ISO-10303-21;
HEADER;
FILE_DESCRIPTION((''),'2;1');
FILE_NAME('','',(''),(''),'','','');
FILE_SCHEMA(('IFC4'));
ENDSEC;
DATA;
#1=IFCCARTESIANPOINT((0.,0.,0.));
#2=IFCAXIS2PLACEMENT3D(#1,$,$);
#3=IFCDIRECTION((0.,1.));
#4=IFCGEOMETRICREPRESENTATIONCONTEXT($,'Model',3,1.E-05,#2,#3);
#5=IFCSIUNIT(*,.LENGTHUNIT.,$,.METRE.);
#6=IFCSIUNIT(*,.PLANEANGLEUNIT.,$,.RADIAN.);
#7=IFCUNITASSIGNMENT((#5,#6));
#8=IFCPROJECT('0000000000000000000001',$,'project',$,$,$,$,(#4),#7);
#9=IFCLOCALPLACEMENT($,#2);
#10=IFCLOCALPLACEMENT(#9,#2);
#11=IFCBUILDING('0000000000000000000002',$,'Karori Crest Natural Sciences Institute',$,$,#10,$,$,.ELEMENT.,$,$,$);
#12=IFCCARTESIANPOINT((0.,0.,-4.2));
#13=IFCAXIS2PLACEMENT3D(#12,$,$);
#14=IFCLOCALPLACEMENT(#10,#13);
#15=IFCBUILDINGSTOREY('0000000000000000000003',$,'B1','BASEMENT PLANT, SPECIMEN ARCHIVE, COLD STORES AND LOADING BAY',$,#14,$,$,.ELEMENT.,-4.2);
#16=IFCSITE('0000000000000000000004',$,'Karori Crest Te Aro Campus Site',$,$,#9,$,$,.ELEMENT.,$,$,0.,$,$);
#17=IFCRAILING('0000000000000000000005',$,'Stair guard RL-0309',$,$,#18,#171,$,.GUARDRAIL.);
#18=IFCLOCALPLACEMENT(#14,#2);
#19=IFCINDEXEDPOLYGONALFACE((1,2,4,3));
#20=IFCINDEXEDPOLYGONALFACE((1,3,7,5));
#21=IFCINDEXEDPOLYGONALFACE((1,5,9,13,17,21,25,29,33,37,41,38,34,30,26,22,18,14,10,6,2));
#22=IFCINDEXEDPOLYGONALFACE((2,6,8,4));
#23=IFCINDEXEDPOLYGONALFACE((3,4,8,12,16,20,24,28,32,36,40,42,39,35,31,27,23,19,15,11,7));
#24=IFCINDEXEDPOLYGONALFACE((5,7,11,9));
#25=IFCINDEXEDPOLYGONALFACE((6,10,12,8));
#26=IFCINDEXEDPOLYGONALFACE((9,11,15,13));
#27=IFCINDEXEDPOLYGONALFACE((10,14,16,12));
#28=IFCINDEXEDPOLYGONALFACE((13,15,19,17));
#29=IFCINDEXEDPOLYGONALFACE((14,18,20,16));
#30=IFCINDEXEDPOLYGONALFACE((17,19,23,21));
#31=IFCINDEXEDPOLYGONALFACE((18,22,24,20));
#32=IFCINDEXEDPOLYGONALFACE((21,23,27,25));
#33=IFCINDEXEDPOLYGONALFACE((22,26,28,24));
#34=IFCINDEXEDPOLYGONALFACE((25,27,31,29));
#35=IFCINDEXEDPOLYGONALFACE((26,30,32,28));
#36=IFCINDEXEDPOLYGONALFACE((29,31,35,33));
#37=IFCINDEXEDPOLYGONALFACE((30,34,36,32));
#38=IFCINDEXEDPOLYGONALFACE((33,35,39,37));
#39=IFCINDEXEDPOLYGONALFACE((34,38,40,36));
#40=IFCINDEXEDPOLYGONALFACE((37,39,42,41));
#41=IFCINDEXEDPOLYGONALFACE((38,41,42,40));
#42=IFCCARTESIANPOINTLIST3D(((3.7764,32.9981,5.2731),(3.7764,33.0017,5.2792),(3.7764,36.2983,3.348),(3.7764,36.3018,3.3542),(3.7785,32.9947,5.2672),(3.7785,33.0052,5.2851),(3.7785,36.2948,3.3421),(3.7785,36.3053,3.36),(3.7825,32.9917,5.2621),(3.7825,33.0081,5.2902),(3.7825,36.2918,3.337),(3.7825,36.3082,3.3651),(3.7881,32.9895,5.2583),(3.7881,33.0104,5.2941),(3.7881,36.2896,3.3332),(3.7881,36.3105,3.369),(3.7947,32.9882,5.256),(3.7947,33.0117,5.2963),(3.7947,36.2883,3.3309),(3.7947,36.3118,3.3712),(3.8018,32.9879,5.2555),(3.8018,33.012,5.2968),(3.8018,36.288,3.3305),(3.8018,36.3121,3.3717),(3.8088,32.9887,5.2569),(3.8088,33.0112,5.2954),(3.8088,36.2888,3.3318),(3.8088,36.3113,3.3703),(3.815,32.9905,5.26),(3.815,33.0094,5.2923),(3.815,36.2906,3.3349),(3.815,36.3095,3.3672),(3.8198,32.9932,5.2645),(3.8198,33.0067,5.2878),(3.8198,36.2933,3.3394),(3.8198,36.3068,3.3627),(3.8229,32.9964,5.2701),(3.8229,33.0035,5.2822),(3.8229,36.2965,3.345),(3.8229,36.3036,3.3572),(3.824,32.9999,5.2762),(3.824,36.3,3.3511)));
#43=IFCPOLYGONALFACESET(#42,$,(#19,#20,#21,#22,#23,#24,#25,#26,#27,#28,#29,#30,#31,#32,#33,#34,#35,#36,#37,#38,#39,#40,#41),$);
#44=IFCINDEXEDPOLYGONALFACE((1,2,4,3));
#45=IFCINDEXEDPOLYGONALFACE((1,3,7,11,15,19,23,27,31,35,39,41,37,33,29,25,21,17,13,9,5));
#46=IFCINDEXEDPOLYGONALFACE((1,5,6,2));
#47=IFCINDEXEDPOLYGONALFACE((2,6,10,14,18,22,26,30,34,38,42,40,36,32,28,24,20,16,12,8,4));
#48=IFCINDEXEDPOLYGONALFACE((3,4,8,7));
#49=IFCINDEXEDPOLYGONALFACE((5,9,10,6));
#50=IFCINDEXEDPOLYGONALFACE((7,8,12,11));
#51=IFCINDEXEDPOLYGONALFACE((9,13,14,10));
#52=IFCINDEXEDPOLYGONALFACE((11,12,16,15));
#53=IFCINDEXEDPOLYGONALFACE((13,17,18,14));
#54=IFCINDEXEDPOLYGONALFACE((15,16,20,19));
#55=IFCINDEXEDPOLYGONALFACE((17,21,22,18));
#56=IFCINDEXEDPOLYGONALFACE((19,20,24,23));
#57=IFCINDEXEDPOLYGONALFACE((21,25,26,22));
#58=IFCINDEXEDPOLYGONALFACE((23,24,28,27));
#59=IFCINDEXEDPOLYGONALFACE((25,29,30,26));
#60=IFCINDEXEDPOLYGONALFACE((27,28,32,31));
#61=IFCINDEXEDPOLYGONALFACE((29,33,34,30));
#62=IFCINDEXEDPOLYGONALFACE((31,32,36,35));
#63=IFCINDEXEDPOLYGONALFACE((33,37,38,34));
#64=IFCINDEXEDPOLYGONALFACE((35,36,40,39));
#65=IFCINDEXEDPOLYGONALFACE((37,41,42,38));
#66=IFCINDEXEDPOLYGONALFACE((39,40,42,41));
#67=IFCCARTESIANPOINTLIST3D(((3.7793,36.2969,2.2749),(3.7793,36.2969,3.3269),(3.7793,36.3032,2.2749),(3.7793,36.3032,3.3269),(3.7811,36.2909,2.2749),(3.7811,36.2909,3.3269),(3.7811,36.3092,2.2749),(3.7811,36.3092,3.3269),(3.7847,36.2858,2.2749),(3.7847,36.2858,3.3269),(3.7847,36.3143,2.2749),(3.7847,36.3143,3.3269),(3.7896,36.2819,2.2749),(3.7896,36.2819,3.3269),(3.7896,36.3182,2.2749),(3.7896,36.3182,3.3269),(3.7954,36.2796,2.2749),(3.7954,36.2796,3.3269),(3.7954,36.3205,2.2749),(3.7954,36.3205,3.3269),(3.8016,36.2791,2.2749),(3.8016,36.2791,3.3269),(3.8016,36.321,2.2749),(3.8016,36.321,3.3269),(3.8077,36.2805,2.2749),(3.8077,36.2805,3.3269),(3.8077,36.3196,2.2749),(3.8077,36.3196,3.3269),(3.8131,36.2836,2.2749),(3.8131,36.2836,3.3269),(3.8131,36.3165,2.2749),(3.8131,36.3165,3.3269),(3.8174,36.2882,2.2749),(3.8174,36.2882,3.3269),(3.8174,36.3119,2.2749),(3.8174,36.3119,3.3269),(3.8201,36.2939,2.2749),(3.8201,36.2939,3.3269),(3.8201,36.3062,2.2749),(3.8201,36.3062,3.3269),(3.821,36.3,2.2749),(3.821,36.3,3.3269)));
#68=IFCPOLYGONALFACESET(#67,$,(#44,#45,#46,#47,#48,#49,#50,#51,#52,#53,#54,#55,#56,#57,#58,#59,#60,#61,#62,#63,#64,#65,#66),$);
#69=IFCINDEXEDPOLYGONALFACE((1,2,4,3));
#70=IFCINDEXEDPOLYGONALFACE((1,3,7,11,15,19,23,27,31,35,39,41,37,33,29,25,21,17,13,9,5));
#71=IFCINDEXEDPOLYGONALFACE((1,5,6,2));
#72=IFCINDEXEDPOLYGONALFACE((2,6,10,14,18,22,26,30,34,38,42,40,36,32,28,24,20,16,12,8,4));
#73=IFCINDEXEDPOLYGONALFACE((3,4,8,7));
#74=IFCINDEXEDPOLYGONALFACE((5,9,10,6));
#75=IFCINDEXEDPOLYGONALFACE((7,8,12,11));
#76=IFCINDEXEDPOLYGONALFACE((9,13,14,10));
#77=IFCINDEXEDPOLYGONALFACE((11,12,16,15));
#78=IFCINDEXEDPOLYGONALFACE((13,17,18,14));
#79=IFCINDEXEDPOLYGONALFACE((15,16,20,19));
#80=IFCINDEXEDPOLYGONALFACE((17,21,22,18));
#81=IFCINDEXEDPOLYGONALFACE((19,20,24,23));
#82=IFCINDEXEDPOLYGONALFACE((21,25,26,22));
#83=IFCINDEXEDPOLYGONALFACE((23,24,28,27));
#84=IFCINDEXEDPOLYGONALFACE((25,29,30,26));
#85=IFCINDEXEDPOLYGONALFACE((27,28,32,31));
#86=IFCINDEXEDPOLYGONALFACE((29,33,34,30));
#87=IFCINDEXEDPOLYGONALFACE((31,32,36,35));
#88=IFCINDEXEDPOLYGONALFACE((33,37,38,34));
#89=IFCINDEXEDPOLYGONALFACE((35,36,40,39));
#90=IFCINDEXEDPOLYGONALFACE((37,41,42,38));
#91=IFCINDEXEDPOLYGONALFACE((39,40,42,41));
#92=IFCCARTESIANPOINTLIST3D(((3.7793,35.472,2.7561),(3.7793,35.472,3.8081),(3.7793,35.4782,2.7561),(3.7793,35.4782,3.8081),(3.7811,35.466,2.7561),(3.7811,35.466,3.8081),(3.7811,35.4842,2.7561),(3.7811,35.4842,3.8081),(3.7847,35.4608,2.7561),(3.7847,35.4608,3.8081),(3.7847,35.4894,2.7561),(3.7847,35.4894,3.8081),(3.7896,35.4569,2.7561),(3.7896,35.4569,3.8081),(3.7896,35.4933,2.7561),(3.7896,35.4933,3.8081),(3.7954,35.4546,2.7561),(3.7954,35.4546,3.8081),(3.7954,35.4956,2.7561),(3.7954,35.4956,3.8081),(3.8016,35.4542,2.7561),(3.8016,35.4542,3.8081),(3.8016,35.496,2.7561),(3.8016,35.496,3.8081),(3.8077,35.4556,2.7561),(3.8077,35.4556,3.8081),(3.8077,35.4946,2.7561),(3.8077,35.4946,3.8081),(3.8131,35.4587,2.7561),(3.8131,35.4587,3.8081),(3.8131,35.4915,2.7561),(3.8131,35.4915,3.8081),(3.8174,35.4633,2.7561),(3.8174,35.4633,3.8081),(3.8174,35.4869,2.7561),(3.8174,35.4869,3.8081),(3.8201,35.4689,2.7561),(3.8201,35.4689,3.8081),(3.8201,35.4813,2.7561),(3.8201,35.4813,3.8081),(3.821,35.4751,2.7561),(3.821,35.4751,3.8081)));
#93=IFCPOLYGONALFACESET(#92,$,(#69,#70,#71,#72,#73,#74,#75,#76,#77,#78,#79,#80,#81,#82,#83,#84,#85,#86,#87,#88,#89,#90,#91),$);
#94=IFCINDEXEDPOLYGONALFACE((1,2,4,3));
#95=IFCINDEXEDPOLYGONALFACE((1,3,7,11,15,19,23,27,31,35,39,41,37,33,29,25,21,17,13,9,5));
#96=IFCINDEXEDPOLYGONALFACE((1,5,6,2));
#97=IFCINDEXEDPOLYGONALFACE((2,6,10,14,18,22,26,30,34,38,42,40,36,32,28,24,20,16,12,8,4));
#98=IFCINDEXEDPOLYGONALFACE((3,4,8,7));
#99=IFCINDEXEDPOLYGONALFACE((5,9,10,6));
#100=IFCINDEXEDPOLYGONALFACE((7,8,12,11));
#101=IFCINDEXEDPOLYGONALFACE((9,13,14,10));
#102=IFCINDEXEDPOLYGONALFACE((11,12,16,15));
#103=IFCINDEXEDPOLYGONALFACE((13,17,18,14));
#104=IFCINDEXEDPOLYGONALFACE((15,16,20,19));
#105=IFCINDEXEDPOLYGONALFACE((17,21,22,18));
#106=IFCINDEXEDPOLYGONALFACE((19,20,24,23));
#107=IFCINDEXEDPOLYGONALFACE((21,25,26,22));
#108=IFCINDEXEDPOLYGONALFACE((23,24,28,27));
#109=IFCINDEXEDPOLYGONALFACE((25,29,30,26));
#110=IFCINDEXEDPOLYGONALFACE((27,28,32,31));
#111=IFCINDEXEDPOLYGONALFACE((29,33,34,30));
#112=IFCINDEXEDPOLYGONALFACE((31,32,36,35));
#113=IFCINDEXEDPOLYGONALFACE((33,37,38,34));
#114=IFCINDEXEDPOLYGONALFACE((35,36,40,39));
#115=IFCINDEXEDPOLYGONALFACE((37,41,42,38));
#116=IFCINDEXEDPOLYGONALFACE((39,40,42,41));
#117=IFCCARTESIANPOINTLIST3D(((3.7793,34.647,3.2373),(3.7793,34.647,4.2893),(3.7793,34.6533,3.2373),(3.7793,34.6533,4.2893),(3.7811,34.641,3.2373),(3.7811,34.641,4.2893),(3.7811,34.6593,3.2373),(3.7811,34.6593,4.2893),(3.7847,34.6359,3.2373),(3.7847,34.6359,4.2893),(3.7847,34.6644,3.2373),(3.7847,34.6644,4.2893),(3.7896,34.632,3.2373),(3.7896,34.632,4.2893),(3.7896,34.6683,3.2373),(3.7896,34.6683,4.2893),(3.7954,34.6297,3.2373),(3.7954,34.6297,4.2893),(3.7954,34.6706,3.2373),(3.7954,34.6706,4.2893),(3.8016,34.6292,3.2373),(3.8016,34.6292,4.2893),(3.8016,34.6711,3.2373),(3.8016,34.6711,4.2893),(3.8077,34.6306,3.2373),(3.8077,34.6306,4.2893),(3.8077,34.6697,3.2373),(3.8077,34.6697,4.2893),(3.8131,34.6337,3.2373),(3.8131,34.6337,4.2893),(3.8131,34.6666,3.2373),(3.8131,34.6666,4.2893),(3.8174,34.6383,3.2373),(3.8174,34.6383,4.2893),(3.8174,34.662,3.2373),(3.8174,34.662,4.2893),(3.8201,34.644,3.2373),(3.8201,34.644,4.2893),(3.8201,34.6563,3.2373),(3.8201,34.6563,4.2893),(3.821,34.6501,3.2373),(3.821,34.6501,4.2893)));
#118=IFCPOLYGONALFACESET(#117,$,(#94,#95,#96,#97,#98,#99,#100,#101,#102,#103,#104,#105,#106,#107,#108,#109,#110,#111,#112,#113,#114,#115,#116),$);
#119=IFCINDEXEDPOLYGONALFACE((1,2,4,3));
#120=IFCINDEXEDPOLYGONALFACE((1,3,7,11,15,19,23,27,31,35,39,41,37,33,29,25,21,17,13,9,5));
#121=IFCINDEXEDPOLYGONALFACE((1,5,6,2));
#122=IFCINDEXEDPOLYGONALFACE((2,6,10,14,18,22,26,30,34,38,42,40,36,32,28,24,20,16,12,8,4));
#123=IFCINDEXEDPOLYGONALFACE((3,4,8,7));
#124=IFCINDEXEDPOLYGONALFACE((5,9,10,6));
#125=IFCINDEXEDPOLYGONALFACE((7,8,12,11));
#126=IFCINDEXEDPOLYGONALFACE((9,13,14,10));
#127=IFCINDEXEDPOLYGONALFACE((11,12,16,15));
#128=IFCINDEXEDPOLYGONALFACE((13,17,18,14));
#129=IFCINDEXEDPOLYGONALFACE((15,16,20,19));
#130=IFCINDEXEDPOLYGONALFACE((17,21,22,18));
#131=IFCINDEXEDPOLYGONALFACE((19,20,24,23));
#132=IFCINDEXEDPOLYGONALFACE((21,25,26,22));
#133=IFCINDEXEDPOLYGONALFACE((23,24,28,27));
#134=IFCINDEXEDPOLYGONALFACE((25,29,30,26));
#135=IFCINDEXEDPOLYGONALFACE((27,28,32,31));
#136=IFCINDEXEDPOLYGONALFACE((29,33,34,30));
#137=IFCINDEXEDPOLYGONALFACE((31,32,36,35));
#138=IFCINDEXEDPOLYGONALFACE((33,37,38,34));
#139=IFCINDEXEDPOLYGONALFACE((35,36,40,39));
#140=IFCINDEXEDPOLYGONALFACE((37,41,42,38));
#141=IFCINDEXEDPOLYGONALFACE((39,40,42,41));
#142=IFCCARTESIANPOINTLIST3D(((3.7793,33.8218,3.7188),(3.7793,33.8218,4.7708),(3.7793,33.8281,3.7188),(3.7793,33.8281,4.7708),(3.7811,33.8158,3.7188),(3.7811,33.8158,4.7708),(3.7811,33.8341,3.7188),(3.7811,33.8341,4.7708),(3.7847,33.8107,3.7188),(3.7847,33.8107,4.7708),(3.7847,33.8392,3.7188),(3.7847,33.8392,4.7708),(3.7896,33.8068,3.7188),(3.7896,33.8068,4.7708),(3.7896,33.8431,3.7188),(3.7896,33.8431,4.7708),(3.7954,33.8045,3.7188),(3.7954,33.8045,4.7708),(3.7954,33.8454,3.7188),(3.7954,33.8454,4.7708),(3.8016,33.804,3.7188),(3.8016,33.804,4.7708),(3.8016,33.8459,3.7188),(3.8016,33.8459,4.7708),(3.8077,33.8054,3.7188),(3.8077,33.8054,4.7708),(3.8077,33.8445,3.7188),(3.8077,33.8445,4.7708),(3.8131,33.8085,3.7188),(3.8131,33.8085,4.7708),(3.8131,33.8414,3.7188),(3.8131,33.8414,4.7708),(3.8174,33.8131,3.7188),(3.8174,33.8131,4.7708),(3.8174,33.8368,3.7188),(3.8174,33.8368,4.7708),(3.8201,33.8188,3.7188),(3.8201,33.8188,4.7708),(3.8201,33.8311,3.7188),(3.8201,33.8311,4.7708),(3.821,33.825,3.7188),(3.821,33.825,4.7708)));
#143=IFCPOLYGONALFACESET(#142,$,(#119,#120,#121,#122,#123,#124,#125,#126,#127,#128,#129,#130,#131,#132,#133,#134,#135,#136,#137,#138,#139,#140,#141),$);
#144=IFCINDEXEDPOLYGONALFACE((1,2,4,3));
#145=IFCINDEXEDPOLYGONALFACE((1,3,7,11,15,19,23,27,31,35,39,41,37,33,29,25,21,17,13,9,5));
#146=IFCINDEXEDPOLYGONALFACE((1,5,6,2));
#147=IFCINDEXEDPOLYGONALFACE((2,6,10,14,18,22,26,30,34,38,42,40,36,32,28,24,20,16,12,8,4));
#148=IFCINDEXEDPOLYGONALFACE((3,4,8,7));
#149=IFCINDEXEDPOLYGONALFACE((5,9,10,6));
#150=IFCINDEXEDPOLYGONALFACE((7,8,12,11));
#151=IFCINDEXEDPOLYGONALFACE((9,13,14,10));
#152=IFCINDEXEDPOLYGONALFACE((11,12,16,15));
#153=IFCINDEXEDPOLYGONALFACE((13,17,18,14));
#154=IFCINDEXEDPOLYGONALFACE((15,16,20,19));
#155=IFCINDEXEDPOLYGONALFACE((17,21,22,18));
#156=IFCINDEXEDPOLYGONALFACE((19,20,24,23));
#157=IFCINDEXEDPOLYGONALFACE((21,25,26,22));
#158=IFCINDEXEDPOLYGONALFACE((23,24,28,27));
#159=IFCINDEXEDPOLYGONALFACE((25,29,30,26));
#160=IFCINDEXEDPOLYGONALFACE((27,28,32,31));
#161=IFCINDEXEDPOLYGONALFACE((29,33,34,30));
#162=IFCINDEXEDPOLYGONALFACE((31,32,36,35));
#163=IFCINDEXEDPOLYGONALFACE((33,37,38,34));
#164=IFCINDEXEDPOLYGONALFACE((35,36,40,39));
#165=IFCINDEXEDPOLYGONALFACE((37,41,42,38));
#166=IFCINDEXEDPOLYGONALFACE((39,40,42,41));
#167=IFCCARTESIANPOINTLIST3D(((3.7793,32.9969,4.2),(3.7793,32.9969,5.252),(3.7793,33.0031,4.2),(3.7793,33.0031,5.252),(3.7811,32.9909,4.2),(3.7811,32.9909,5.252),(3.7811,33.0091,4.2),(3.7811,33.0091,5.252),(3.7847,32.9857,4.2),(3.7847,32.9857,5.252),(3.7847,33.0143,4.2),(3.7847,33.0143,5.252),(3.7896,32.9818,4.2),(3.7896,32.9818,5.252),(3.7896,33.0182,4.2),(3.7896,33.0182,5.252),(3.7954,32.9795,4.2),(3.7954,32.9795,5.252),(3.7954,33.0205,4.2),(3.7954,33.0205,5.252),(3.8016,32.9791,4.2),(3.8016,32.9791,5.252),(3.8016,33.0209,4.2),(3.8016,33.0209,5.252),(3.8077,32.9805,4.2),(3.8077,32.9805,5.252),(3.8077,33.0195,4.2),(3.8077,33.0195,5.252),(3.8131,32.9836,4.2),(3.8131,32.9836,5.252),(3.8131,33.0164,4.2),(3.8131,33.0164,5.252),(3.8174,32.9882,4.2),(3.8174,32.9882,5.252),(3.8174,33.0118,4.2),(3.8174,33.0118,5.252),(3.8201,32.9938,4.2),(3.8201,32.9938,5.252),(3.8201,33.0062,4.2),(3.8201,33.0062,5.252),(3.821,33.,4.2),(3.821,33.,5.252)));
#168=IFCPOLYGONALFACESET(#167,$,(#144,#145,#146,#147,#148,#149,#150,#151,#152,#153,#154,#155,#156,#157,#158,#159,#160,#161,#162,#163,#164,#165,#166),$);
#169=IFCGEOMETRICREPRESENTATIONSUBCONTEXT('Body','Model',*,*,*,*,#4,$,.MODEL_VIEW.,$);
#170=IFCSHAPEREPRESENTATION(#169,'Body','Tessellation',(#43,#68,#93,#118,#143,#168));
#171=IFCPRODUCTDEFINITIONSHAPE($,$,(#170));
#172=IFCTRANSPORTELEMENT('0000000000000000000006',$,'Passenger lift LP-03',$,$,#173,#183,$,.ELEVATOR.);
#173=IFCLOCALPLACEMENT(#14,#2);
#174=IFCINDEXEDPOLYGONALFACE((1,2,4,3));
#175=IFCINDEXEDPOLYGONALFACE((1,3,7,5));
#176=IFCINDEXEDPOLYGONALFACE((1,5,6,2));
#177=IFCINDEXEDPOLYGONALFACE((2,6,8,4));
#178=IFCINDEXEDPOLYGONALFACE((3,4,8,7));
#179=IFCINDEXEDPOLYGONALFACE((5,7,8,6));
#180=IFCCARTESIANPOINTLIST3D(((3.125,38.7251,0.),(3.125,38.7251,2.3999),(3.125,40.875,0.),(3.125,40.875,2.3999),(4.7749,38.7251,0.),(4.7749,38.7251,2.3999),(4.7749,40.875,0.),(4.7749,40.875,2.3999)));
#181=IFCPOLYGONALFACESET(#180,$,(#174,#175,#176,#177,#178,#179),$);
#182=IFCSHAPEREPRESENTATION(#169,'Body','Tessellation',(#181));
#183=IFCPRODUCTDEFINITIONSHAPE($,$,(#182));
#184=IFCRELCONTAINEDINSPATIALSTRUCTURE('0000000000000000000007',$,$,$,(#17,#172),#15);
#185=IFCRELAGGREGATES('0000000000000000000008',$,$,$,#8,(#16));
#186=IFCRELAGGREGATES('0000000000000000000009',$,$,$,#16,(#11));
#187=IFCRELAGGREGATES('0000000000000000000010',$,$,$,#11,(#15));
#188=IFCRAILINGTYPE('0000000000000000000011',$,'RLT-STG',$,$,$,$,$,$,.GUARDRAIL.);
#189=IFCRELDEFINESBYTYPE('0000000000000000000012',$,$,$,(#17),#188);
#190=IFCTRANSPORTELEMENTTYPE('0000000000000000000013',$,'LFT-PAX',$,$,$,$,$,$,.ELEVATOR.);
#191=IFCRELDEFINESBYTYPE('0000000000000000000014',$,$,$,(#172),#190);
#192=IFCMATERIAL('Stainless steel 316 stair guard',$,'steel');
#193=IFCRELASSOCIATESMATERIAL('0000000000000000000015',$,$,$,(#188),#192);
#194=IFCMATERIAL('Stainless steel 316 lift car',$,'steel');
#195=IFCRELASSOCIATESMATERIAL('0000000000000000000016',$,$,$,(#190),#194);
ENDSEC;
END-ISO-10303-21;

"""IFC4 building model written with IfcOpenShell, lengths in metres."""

from ifc_helpers import new_model, si_unit, direction, frame, origin, origin_2d, place, context, subcontext, project, spatial, rectangle, circle, extrude, material, type_object, element, save


model = new_model("IFC4")

# Units and contexts
model_context = context("Model", 3, precision=1e-05, world=origin(), true_north=direction((0.0, 1.0)))
body_context = subcontext(model_context, "Body", "Model", "MODEL_VIEW")
ifc_project = project(units=[si_unit("LENGTHUNIT", "METRE"), si_unit("PLANEANGLEUNIT", "RADIAN")], contexts=[model_context])

# Site, building, storey
site_placement = place(None, origin())
site = spatial("IfcSite", under=ifc_project, at=site_placement, Name="Karori Crest Te Aro Campus Site", CompositionType="ELEMENT", RefElevation=0.0)
building_placement = place(site_placement, origin())
building = spatial("IfcBuilding", under=site, at=building_placement, Name="Karori Crest Natural Sciences Institute", CompositionType="ELEMENT")
storey_placement = place(building_placement, frame((0.0, 0.0, -4.2)))
storey = spatial("IfcBuildingStorey", under=building, at=storey_placement, Name="B1", Description="BASEMENT PLANT, SPECIMEN ARCHIVE, COLD STORES AND LOADING BAY", CompositionType="ELEMENT", Elevation=-4.2)

# Railing
ifc_material_1 = material(Name="Stainless steel 316 stair guard", Category="steel")
railing_type_1 = type_object("IfcRailingType", Name="RLT-STG", PredefinedType="GUARDRAIL", material=ifc_material_1)
railing_1_placement = place(storey_placement, frame((3.8, 36.3, 2.2749)))
element("IfcRailing", 1, at=railing_1_placement, inside=storey, type_object=railing_type_1, Name="Stair guard RL-0309", PredefinedType="GUARDRAIL", context=body_context, shape_type="SweptSolid", body=[
    extrude(circle(Radius=0.0239, at=origin_2d()), frame((0.0, 0.0, 1.0762), z_axis=(0.0, -0.863777, 0.503875), x_axis=(1.0, 0.0, 0.0)), (0.0, 0.0, 1.0), 3.8206),
    extrude(circle(Radius=0.021, at=origin_2d()), origin(), (0.0, 0.0, 1.0), 1.052),
    extrude(circle(Radius=0.021, at=origin_2d()), frame((0.0, -0.825, 0.4812)), (0.0, 0.0, 1.0), 1.052),
    extrude(circle(Radius=0.021, at=origin_2d()), frame((0.0, -1.6499, 0.9624)), (0.0, 0.0, 1.0), 1.052),
    extrude(circle(Radius=0.021, at=origin_2d()), frame((0.0, -2.4751, 1.4438)), (0.0, 0.0, 1.0), 1.052),
    extrude(circle(Radius=0.021, at=origin_2d()), frame((0.0, -3.3, 1.925)), (0.0, 0.0, 1.0), 1.052),
])

# Transport element
ifc_material_2 = material(Name="Stainless steel 316 lift car", Category="steel")
transport_element_type = type_object("IfcTransportElementType", Name="LFT-PAX", PredefinedType="ELEVATOR", material=ifc_material_2)
transport_element_placement = place(storey_placement, frame((3.95, 39.8, 0.0), z_axis=(0.0, 0.0, 1.0), x_axis=(1.0, 0.0, 0.0)))
element("IfcTransportElement", 2, at=transport_element_placement, inside=storey, type_object=transport_element_type, Name="Passenger lift LP-03", PredefinedType="ELEVATOR", context=body_context, shape_type="SweptSolid", body=[
    extrude(rectangle(XDim=1.6499, YDim=2.1499, at=origin_2d()), origin(), (0.0, 0.0, 1.0), 2.3999),
])

save(model, "model.ifc")
